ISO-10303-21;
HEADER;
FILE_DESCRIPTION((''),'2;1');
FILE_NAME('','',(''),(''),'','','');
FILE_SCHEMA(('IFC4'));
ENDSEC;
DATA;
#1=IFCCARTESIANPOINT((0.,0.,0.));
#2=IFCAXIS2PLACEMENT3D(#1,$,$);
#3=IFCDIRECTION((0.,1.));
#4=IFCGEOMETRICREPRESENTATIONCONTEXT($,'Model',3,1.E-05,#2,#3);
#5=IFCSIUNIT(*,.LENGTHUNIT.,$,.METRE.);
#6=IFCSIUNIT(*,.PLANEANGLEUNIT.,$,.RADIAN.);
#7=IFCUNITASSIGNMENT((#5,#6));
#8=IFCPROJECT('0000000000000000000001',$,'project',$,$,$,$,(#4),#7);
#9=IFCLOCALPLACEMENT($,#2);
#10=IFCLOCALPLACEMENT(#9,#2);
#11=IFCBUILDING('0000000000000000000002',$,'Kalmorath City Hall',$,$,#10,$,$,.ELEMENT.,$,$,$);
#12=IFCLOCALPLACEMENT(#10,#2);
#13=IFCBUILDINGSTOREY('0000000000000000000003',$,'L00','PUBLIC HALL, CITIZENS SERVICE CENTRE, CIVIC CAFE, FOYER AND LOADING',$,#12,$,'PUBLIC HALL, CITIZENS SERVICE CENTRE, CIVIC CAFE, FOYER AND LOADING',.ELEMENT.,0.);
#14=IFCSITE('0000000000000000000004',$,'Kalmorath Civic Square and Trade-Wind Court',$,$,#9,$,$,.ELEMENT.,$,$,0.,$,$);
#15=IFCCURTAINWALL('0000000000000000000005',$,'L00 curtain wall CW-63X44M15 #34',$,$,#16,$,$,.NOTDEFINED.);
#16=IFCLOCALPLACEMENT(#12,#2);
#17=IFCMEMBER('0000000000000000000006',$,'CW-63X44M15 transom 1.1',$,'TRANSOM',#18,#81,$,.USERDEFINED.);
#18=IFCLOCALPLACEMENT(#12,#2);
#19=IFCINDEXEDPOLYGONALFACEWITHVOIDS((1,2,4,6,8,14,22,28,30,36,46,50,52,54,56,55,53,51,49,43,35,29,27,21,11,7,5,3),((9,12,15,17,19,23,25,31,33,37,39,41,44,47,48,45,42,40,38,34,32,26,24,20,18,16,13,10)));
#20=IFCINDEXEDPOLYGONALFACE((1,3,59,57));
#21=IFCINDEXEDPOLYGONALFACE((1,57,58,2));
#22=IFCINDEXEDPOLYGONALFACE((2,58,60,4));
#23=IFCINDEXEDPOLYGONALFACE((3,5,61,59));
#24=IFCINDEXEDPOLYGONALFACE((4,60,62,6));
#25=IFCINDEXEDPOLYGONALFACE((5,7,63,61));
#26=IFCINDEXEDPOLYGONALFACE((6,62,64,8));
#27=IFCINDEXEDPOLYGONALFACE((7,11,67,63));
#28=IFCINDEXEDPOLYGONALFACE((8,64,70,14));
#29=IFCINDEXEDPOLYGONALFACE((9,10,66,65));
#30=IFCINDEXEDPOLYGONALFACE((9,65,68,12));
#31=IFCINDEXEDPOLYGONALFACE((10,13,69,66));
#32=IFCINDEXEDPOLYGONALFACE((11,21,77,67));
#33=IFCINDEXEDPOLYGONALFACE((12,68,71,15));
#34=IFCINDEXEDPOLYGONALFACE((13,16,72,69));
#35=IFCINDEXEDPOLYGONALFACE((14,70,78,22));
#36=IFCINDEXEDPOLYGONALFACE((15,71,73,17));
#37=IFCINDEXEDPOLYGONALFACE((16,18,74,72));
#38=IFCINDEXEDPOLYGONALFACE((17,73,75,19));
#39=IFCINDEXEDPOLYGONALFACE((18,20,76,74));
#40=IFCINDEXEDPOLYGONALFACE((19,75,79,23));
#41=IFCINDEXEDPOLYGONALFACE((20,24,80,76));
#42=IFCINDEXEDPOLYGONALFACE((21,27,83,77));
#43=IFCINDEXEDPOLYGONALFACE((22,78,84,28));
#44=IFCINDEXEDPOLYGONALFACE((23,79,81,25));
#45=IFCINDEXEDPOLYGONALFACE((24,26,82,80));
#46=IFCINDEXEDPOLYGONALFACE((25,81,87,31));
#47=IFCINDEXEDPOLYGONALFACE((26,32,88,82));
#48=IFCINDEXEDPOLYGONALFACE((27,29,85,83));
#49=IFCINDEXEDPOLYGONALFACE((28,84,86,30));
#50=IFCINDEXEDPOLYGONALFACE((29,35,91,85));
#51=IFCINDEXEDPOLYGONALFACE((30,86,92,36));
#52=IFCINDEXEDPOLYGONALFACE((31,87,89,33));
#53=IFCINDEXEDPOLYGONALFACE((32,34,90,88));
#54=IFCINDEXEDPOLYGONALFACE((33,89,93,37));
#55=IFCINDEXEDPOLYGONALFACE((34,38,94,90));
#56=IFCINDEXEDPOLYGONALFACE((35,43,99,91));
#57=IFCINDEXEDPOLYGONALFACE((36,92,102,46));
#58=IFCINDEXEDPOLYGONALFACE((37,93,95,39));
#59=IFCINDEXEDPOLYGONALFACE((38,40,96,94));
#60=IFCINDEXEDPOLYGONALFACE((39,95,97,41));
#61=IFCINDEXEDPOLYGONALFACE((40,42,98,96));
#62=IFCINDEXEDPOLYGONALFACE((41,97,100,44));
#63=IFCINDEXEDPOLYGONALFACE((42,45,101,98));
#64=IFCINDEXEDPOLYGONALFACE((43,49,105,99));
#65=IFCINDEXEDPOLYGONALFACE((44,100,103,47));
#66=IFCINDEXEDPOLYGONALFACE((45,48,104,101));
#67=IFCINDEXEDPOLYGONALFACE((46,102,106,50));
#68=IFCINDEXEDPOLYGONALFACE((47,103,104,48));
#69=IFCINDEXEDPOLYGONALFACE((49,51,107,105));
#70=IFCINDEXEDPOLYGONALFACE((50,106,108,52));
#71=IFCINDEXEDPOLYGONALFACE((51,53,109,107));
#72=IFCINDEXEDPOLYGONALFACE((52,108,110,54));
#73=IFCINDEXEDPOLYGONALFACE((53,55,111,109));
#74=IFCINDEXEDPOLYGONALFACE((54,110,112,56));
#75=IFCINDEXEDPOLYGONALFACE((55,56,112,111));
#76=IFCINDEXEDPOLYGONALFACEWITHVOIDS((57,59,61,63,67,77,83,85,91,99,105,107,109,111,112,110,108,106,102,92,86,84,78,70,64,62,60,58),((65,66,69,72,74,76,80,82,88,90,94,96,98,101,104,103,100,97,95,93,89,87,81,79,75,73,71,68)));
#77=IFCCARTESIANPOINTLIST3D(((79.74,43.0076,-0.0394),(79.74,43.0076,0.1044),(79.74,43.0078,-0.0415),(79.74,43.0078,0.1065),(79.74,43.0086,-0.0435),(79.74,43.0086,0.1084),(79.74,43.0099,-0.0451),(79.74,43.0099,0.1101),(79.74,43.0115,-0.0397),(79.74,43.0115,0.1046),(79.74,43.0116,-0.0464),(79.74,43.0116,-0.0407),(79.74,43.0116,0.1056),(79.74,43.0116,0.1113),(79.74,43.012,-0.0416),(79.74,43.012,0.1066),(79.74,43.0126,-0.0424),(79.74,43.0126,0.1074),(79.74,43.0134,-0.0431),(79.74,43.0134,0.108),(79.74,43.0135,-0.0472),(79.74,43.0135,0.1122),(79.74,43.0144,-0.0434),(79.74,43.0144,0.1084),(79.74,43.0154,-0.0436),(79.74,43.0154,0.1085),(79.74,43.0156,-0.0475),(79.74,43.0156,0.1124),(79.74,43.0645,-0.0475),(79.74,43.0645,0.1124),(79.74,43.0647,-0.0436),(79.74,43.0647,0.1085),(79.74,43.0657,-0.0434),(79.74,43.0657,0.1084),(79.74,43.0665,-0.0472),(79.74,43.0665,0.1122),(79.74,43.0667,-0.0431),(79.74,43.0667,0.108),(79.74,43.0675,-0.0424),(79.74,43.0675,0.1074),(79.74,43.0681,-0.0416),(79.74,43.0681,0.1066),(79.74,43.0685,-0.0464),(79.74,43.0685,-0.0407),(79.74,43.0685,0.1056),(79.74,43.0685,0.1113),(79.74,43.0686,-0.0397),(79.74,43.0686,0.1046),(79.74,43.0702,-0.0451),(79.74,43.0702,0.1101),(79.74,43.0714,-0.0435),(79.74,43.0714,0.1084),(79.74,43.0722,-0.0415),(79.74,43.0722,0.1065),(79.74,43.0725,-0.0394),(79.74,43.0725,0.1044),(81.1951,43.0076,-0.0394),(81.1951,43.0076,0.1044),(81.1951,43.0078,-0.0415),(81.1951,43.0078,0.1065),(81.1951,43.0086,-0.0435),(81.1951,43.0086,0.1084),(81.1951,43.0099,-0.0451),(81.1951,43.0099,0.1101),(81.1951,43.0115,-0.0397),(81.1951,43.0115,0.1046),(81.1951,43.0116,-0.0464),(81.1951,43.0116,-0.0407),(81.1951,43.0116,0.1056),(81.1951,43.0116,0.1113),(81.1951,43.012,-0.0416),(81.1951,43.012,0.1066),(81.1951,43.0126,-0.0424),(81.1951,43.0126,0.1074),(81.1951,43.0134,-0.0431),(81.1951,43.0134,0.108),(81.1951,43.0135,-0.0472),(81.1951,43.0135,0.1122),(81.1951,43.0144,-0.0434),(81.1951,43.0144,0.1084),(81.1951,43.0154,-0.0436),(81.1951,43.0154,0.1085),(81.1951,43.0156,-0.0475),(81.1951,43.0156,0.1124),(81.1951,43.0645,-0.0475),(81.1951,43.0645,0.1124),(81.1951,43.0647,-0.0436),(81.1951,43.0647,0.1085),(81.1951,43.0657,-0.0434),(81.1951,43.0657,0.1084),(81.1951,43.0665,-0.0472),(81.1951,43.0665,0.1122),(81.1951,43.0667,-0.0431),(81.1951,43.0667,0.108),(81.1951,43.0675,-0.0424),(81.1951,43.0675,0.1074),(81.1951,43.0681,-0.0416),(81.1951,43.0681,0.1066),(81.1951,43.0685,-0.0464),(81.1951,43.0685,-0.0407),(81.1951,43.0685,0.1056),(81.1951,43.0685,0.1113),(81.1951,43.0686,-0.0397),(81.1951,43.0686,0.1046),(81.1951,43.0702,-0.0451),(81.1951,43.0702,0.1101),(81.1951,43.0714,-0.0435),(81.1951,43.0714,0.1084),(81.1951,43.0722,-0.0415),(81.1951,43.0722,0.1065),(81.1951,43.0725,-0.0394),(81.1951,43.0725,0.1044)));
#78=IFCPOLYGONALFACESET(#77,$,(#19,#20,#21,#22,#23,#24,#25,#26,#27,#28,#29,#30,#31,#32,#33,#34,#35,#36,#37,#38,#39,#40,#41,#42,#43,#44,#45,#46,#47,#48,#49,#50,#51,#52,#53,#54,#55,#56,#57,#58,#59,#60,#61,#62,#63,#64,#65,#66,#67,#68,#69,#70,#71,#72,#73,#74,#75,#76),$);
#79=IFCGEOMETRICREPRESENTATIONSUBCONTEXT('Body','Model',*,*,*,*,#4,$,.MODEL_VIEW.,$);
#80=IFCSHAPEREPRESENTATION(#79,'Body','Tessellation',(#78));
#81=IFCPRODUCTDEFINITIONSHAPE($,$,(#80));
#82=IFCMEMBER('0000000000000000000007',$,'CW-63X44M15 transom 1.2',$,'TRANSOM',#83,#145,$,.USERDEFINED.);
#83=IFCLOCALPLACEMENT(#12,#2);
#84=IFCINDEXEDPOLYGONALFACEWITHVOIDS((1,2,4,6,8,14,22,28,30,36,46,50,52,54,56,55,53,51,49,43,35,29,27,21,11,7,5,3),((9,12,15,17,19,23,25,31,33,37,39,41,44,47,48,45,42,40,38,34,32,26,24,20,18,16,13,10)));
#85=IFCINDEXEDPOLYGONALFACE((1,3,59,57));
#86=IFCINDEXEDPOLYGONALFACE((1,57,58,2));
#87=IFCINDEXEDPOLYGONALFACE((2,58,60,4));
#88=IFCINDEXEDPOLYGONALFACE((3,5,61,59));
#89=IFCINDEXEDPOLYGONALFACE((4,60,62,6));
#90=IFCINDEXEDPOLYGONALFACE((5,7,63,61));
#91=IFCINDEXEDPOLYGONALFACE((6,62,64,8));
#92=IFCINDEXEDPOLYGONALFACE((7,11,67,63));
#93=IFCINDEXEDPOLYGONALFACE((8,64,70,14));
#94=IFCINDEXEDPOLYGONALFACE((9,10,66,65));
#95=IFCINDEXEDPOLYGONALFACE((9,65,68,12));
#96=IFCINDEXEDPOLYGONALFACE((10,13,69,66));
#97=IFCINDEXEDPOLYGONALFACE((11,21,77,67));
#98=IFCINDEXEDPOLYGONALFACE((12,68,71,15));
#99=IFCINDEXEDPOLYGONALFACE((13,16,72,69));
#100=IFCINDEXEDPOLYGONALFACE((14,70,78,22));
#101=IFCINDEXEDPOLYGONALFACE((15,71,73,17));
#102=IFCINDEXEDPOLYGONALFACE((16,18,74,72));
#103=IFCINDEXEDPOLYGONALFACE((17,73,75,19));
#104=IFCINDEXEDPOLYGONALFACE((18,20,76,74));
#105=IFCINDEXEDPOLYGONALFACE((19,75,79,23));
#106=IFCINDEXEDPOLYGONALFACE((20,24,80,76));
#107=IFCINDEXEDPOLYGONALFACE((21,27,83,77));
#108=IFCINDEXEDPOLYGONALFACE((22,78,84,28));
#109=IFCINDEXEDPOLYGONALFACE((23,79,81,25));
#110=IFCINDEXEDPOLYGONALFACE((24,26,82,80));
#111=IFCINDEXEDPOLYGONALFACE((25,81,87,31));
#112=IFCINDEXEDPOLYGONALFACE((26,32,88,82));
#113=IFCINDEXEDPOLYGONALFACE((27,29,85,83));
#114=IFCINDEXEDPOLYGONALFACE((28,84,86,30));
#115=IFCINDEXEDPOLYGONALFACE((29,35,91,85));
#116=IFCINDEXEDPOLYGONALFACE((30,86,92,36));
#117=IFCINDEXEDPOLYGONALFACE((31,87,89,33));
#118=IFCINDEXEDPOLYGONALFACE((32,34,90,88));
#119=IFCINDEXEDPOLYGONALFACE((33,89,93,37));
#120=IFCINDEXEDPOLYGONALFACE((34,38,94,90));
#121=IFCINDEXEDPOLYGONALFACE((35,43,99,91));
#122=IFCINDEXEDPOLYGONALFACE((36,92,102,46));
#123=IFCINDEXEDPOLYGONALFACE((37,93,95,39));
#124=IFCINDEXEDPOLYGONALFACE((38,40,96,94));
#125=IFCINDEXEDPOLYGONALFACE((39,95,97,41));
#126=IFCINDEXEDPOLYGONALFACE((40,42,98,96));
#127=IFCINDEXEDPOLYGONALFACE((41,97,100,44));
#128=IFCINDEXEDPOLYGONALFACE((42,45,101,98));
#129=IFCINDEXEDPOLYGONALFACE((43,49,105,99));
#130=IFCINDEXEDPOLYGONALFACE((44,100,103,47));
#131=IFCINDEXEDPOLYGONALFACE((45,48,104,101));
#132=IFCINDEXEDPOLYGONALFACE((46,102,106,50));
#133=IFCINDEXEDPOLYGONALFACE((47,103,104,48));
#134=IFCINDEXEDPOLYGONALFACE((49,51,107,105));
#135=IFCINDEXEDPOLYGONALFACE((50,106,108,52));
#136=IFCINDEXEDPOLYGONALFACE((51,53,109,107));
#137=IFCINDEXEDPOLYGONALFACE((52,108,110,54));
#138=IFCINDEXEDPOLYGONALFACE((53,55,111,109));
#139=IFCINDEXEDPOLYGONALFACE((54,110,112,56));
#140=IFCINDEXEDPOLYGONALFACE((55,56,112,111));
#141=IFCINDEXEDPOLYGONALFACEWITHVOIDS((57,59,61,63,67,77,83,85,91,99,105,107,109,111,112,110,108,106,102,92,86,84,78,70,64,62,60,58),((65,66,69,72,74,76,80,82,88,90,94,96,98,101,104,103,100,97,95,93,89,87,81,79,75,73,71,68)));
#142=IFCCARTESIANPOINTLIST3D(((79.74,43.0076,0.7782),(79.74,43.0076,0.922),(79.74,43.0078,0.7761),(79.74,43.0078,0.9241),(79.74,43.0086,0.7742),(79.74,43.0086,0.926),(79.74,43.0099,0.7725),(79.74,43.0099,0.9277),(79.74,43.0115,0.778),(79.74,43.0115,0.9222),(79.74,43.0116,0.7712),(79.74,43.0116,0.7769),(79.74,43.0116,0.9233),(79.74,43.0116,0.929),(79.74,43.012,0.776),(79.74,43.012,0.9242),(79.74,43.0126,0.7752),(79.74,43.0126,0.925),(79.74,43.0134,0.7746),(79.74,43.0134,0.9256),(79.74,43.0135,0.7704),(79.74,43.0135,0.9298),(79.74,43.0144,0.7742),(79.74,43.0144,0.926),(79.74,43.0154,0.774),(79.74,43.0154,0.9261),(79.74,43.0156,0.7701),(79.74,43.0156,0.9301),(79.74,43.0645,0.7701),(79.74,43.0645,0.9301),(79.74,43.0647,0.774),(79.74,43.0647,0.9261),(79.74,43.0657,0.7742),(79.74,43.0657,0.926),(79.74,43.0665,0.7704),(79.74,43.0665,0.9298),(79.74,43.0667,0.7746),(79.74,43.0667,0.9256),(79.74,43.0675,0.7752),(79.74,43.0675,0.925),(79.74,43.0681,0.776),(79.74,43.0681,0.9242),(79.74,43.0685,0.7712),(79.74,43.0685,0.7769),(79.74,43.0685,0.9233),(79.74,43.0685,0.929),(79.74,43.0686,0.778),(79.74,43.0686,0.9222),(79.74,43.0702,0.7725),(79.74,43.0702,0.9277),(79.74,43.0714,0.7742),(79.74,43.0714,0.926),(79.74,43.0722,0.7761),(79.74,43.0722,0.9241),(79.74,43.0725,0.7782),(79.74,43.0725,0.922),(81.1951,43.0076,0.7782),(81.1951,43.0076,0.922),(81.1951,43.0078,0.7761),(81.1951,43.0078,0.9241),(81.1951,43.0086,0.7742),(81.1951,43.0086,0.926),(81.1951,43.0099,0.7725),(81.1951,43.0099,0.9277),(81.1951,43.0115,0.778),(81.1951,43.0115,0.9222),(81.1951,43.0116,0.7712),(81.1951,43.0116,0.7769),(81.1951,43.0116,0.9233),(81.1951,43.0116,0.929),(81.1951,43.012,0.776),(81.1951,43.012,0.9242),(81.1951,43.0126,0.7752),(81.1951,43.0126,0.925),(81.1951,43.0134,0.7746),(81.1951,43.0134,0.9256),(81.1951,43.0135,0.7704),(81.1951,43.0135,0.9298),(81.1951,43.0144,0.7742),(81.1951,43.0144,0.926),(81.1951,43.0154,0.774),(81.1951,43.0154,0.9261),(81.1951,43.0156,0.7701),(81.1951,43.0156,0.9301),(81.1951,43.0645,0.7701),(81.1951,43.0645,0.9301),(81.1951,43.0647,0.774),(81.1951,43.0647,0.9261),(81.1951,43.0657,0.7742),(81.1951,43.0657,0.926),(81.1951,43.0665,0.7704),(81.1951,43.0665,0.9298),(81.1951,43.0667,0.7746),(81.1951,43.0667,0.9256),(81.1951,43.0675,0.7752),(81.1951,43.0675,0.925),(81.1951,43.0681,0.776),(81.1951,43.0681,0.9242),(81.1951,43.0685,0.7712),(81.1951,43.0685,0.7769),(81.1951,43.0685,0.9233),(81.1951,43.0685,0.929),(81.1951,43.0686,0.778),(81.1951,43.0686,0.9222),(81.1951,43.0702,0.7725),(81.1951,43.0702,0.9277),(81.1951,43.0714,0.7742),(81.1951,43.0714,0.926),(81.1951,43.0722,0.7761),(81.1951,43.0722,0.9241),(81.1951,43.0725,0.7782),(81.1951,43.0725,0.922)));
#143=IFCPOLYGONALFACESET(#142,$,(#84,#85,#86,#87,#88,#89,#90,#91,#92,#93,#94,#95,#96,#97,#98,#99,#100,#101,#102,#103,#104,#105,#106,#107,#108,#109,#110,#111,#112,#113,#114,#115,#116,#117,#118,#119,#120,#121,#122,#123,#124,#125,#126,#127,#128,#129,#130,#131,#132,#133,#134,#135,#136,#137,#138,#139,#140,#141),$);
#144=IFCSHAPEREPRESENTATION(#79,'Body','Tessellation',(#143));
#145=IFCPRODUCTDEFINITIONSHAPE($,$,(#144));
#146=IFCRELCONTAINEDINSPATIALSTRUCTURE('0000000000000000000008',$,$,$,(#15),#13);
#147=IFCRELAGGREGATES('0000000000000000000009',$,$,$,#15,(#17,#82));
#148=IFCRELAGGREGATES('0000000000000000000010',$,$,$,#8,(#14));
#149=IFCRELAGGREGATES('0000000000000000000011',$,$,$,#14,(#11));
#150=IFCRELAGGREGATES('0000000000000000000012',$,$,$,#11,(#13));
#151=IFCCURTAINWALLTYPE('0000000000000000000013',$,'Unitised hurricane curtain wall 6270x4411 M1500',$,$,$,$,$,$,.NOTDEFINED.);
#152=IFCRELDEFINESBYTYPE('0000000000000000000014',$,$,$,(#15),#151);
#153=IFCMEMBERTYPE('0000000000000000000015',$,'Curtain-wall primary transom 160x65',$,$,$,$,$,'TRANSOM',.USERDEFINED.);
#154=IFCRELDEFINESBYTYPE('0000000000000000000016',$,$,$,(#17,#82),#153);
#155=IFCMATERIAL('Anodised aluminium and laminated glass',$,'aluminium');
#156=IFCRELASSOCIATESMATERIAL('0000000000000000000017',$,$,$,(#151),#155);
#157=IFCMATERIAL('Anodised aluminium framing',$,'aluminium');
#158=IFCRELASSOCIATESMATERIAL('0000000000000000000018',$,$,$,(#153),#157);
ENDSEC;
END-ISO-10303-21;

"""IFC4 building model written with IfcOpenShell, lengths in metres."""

from ifc_helpers import new_model, si_unit, direction, frame, origin, origin_2d, place, context, subcontext, project, spatial, hollow_rectangle, extrude, material, material_profile, profile_set, type_object, element, aggregate, save


model = new_model("IFC4")

# Units and contexts
model_context = context("Model", 3, precision=1e-05, world=origin(), true_north=direction((0.0, 1.0)))
body_context = subcontext(model_context, "Body", "Model", "MODEL_VIEW")
ifc_project = project(units=[si_unit("LENGTHUNIT", "METRE"), si_unit("PLANEANGLEUNIT", "RADIAN")], contexts=[model_context])

# Site, building, storey
site_placement = place(None, origin())
site = spatial("IfcSite", under=ifc_project, at=site_placement, Name="Kalmorath Civic Square and Trade-Wind Court", CompositionType="ELEMENT", RefElevation=0.0)
building_placement = place(site_placement, origin())
building = spatial("IfcBuilding", under=site, at=building_placement, Name="Kalmorath City Hall", CompositionType="ELEMENT")
storey_placement = place(building_placement, origin())
storey = spatial("IfcBuildingStorey", under=building, at=storey_placement, Name="L00", Description="PUBLIC HALL, CITIZENS SERVICE CENTRE, CIVIC CAFE, FOYER AND LOADING", LongName="PUBLIC HALL, CITIZENS SERVICE CENTRE, CIVIC CAFE, FOYER AND LOADING", CompositionType="ELEMENT", Elevation=0.0)

# Curtain wall, members
ifc_material_1 = material(Name="Anodised aluminium and laminated glass", Category="aluminium")
curtain_wall_type_1 = type_object("IfcCurtainWallType", Name="Unitised hurricane curtain wall 6270x4411 M1500", PredefinedType="NOTDEFINED", material=ifc_material_1)
curtain_wall_1_placement = place(storey_placement, origin())
curtain_wall_1 = element("IfcCurtainWall", 1, at=curtain_wall_1_placement, inside=storey, type_object=curtain_wall_type_1, Name="L00 curtain wall CW-63X44M15 #34", PredefinedType="NOTDEFINED")
ifc_material_2 = material(Name="Anodised aluminium framing", Category="aluminium")
ifc_material_profile_1 = material_profile(ifc_material_2, hollow_rectangle(XDim=0.0649, YDim=0.1599, WallThickness=0.0039, InnerFilletRadius=0.0039, OuterFilletRadius=0.0081, at=origin_2d()), Name="ALU-TRN-160X65X4")
ifc_profile_set_1 = profile_set([ifc_material_profile_1], Name="Anodised aluminium framing")
member_type_1 = type_object("IfcMemberType", Name="Curtain-wall primary transom 160x65", ElementType="TRANSOM", PredefinedType="USERDEFINED", material=ifc_profile_set_1)
member_1_placement = place(storey_placement, frame((79.74, 43.04, 0.0325), z_axis=(1.0, 0.0, 0.0), x_axis=(0.0, 1.0, 0.0)))
member_1 = element("IfcMember", 2, at=member_1_placement, type_object=member_type_1, Name="CW-63X44M15 transom 1.1", ObjectType="TRANSOM", PredefinedType="USERDEFINED", context=body_context, shape_type="SweptSolid", body=[
    extrude(hollow_rectangle(XDim=0.0649, YDim=0.1599, WallThickness=0.0039, InnerFilletRadius=0.0039, OuterFilletRadius=0.0081, at=origin_2d()), origin(), (0.0, 0.0, 1.0), 1.4551),
])
member_2_placement = place(storey_placement, frame((79.74, 43.04, 0.8501), z_axis=(1.0, 0.0, 0.0), x_axis=(0.0, 1.0, 0.0)))
member_2 = element("IfcMember", 3, at=member_2_placement, type_object=member_type_1, Name="CW-63X44M15 transom 1.2", ObjectType="TRANSOM", PredefinedType="USERDEFINED", context=body_context, shape_type="SweptSolid", body=[
    extrude(hollow_rectangle(XDim=0.0649, YDim=0.1599, WallThickness=0.0039, InnerFilletRadius=0.0039, OuterFilletRadius=0.0081, at=origin_2d()), origin(), (0.0, 0.0, 1.0), 1.4551),
])

aggregate(curtain_wall_1, [member_1, member_2])

save(model, "model.ifc")
